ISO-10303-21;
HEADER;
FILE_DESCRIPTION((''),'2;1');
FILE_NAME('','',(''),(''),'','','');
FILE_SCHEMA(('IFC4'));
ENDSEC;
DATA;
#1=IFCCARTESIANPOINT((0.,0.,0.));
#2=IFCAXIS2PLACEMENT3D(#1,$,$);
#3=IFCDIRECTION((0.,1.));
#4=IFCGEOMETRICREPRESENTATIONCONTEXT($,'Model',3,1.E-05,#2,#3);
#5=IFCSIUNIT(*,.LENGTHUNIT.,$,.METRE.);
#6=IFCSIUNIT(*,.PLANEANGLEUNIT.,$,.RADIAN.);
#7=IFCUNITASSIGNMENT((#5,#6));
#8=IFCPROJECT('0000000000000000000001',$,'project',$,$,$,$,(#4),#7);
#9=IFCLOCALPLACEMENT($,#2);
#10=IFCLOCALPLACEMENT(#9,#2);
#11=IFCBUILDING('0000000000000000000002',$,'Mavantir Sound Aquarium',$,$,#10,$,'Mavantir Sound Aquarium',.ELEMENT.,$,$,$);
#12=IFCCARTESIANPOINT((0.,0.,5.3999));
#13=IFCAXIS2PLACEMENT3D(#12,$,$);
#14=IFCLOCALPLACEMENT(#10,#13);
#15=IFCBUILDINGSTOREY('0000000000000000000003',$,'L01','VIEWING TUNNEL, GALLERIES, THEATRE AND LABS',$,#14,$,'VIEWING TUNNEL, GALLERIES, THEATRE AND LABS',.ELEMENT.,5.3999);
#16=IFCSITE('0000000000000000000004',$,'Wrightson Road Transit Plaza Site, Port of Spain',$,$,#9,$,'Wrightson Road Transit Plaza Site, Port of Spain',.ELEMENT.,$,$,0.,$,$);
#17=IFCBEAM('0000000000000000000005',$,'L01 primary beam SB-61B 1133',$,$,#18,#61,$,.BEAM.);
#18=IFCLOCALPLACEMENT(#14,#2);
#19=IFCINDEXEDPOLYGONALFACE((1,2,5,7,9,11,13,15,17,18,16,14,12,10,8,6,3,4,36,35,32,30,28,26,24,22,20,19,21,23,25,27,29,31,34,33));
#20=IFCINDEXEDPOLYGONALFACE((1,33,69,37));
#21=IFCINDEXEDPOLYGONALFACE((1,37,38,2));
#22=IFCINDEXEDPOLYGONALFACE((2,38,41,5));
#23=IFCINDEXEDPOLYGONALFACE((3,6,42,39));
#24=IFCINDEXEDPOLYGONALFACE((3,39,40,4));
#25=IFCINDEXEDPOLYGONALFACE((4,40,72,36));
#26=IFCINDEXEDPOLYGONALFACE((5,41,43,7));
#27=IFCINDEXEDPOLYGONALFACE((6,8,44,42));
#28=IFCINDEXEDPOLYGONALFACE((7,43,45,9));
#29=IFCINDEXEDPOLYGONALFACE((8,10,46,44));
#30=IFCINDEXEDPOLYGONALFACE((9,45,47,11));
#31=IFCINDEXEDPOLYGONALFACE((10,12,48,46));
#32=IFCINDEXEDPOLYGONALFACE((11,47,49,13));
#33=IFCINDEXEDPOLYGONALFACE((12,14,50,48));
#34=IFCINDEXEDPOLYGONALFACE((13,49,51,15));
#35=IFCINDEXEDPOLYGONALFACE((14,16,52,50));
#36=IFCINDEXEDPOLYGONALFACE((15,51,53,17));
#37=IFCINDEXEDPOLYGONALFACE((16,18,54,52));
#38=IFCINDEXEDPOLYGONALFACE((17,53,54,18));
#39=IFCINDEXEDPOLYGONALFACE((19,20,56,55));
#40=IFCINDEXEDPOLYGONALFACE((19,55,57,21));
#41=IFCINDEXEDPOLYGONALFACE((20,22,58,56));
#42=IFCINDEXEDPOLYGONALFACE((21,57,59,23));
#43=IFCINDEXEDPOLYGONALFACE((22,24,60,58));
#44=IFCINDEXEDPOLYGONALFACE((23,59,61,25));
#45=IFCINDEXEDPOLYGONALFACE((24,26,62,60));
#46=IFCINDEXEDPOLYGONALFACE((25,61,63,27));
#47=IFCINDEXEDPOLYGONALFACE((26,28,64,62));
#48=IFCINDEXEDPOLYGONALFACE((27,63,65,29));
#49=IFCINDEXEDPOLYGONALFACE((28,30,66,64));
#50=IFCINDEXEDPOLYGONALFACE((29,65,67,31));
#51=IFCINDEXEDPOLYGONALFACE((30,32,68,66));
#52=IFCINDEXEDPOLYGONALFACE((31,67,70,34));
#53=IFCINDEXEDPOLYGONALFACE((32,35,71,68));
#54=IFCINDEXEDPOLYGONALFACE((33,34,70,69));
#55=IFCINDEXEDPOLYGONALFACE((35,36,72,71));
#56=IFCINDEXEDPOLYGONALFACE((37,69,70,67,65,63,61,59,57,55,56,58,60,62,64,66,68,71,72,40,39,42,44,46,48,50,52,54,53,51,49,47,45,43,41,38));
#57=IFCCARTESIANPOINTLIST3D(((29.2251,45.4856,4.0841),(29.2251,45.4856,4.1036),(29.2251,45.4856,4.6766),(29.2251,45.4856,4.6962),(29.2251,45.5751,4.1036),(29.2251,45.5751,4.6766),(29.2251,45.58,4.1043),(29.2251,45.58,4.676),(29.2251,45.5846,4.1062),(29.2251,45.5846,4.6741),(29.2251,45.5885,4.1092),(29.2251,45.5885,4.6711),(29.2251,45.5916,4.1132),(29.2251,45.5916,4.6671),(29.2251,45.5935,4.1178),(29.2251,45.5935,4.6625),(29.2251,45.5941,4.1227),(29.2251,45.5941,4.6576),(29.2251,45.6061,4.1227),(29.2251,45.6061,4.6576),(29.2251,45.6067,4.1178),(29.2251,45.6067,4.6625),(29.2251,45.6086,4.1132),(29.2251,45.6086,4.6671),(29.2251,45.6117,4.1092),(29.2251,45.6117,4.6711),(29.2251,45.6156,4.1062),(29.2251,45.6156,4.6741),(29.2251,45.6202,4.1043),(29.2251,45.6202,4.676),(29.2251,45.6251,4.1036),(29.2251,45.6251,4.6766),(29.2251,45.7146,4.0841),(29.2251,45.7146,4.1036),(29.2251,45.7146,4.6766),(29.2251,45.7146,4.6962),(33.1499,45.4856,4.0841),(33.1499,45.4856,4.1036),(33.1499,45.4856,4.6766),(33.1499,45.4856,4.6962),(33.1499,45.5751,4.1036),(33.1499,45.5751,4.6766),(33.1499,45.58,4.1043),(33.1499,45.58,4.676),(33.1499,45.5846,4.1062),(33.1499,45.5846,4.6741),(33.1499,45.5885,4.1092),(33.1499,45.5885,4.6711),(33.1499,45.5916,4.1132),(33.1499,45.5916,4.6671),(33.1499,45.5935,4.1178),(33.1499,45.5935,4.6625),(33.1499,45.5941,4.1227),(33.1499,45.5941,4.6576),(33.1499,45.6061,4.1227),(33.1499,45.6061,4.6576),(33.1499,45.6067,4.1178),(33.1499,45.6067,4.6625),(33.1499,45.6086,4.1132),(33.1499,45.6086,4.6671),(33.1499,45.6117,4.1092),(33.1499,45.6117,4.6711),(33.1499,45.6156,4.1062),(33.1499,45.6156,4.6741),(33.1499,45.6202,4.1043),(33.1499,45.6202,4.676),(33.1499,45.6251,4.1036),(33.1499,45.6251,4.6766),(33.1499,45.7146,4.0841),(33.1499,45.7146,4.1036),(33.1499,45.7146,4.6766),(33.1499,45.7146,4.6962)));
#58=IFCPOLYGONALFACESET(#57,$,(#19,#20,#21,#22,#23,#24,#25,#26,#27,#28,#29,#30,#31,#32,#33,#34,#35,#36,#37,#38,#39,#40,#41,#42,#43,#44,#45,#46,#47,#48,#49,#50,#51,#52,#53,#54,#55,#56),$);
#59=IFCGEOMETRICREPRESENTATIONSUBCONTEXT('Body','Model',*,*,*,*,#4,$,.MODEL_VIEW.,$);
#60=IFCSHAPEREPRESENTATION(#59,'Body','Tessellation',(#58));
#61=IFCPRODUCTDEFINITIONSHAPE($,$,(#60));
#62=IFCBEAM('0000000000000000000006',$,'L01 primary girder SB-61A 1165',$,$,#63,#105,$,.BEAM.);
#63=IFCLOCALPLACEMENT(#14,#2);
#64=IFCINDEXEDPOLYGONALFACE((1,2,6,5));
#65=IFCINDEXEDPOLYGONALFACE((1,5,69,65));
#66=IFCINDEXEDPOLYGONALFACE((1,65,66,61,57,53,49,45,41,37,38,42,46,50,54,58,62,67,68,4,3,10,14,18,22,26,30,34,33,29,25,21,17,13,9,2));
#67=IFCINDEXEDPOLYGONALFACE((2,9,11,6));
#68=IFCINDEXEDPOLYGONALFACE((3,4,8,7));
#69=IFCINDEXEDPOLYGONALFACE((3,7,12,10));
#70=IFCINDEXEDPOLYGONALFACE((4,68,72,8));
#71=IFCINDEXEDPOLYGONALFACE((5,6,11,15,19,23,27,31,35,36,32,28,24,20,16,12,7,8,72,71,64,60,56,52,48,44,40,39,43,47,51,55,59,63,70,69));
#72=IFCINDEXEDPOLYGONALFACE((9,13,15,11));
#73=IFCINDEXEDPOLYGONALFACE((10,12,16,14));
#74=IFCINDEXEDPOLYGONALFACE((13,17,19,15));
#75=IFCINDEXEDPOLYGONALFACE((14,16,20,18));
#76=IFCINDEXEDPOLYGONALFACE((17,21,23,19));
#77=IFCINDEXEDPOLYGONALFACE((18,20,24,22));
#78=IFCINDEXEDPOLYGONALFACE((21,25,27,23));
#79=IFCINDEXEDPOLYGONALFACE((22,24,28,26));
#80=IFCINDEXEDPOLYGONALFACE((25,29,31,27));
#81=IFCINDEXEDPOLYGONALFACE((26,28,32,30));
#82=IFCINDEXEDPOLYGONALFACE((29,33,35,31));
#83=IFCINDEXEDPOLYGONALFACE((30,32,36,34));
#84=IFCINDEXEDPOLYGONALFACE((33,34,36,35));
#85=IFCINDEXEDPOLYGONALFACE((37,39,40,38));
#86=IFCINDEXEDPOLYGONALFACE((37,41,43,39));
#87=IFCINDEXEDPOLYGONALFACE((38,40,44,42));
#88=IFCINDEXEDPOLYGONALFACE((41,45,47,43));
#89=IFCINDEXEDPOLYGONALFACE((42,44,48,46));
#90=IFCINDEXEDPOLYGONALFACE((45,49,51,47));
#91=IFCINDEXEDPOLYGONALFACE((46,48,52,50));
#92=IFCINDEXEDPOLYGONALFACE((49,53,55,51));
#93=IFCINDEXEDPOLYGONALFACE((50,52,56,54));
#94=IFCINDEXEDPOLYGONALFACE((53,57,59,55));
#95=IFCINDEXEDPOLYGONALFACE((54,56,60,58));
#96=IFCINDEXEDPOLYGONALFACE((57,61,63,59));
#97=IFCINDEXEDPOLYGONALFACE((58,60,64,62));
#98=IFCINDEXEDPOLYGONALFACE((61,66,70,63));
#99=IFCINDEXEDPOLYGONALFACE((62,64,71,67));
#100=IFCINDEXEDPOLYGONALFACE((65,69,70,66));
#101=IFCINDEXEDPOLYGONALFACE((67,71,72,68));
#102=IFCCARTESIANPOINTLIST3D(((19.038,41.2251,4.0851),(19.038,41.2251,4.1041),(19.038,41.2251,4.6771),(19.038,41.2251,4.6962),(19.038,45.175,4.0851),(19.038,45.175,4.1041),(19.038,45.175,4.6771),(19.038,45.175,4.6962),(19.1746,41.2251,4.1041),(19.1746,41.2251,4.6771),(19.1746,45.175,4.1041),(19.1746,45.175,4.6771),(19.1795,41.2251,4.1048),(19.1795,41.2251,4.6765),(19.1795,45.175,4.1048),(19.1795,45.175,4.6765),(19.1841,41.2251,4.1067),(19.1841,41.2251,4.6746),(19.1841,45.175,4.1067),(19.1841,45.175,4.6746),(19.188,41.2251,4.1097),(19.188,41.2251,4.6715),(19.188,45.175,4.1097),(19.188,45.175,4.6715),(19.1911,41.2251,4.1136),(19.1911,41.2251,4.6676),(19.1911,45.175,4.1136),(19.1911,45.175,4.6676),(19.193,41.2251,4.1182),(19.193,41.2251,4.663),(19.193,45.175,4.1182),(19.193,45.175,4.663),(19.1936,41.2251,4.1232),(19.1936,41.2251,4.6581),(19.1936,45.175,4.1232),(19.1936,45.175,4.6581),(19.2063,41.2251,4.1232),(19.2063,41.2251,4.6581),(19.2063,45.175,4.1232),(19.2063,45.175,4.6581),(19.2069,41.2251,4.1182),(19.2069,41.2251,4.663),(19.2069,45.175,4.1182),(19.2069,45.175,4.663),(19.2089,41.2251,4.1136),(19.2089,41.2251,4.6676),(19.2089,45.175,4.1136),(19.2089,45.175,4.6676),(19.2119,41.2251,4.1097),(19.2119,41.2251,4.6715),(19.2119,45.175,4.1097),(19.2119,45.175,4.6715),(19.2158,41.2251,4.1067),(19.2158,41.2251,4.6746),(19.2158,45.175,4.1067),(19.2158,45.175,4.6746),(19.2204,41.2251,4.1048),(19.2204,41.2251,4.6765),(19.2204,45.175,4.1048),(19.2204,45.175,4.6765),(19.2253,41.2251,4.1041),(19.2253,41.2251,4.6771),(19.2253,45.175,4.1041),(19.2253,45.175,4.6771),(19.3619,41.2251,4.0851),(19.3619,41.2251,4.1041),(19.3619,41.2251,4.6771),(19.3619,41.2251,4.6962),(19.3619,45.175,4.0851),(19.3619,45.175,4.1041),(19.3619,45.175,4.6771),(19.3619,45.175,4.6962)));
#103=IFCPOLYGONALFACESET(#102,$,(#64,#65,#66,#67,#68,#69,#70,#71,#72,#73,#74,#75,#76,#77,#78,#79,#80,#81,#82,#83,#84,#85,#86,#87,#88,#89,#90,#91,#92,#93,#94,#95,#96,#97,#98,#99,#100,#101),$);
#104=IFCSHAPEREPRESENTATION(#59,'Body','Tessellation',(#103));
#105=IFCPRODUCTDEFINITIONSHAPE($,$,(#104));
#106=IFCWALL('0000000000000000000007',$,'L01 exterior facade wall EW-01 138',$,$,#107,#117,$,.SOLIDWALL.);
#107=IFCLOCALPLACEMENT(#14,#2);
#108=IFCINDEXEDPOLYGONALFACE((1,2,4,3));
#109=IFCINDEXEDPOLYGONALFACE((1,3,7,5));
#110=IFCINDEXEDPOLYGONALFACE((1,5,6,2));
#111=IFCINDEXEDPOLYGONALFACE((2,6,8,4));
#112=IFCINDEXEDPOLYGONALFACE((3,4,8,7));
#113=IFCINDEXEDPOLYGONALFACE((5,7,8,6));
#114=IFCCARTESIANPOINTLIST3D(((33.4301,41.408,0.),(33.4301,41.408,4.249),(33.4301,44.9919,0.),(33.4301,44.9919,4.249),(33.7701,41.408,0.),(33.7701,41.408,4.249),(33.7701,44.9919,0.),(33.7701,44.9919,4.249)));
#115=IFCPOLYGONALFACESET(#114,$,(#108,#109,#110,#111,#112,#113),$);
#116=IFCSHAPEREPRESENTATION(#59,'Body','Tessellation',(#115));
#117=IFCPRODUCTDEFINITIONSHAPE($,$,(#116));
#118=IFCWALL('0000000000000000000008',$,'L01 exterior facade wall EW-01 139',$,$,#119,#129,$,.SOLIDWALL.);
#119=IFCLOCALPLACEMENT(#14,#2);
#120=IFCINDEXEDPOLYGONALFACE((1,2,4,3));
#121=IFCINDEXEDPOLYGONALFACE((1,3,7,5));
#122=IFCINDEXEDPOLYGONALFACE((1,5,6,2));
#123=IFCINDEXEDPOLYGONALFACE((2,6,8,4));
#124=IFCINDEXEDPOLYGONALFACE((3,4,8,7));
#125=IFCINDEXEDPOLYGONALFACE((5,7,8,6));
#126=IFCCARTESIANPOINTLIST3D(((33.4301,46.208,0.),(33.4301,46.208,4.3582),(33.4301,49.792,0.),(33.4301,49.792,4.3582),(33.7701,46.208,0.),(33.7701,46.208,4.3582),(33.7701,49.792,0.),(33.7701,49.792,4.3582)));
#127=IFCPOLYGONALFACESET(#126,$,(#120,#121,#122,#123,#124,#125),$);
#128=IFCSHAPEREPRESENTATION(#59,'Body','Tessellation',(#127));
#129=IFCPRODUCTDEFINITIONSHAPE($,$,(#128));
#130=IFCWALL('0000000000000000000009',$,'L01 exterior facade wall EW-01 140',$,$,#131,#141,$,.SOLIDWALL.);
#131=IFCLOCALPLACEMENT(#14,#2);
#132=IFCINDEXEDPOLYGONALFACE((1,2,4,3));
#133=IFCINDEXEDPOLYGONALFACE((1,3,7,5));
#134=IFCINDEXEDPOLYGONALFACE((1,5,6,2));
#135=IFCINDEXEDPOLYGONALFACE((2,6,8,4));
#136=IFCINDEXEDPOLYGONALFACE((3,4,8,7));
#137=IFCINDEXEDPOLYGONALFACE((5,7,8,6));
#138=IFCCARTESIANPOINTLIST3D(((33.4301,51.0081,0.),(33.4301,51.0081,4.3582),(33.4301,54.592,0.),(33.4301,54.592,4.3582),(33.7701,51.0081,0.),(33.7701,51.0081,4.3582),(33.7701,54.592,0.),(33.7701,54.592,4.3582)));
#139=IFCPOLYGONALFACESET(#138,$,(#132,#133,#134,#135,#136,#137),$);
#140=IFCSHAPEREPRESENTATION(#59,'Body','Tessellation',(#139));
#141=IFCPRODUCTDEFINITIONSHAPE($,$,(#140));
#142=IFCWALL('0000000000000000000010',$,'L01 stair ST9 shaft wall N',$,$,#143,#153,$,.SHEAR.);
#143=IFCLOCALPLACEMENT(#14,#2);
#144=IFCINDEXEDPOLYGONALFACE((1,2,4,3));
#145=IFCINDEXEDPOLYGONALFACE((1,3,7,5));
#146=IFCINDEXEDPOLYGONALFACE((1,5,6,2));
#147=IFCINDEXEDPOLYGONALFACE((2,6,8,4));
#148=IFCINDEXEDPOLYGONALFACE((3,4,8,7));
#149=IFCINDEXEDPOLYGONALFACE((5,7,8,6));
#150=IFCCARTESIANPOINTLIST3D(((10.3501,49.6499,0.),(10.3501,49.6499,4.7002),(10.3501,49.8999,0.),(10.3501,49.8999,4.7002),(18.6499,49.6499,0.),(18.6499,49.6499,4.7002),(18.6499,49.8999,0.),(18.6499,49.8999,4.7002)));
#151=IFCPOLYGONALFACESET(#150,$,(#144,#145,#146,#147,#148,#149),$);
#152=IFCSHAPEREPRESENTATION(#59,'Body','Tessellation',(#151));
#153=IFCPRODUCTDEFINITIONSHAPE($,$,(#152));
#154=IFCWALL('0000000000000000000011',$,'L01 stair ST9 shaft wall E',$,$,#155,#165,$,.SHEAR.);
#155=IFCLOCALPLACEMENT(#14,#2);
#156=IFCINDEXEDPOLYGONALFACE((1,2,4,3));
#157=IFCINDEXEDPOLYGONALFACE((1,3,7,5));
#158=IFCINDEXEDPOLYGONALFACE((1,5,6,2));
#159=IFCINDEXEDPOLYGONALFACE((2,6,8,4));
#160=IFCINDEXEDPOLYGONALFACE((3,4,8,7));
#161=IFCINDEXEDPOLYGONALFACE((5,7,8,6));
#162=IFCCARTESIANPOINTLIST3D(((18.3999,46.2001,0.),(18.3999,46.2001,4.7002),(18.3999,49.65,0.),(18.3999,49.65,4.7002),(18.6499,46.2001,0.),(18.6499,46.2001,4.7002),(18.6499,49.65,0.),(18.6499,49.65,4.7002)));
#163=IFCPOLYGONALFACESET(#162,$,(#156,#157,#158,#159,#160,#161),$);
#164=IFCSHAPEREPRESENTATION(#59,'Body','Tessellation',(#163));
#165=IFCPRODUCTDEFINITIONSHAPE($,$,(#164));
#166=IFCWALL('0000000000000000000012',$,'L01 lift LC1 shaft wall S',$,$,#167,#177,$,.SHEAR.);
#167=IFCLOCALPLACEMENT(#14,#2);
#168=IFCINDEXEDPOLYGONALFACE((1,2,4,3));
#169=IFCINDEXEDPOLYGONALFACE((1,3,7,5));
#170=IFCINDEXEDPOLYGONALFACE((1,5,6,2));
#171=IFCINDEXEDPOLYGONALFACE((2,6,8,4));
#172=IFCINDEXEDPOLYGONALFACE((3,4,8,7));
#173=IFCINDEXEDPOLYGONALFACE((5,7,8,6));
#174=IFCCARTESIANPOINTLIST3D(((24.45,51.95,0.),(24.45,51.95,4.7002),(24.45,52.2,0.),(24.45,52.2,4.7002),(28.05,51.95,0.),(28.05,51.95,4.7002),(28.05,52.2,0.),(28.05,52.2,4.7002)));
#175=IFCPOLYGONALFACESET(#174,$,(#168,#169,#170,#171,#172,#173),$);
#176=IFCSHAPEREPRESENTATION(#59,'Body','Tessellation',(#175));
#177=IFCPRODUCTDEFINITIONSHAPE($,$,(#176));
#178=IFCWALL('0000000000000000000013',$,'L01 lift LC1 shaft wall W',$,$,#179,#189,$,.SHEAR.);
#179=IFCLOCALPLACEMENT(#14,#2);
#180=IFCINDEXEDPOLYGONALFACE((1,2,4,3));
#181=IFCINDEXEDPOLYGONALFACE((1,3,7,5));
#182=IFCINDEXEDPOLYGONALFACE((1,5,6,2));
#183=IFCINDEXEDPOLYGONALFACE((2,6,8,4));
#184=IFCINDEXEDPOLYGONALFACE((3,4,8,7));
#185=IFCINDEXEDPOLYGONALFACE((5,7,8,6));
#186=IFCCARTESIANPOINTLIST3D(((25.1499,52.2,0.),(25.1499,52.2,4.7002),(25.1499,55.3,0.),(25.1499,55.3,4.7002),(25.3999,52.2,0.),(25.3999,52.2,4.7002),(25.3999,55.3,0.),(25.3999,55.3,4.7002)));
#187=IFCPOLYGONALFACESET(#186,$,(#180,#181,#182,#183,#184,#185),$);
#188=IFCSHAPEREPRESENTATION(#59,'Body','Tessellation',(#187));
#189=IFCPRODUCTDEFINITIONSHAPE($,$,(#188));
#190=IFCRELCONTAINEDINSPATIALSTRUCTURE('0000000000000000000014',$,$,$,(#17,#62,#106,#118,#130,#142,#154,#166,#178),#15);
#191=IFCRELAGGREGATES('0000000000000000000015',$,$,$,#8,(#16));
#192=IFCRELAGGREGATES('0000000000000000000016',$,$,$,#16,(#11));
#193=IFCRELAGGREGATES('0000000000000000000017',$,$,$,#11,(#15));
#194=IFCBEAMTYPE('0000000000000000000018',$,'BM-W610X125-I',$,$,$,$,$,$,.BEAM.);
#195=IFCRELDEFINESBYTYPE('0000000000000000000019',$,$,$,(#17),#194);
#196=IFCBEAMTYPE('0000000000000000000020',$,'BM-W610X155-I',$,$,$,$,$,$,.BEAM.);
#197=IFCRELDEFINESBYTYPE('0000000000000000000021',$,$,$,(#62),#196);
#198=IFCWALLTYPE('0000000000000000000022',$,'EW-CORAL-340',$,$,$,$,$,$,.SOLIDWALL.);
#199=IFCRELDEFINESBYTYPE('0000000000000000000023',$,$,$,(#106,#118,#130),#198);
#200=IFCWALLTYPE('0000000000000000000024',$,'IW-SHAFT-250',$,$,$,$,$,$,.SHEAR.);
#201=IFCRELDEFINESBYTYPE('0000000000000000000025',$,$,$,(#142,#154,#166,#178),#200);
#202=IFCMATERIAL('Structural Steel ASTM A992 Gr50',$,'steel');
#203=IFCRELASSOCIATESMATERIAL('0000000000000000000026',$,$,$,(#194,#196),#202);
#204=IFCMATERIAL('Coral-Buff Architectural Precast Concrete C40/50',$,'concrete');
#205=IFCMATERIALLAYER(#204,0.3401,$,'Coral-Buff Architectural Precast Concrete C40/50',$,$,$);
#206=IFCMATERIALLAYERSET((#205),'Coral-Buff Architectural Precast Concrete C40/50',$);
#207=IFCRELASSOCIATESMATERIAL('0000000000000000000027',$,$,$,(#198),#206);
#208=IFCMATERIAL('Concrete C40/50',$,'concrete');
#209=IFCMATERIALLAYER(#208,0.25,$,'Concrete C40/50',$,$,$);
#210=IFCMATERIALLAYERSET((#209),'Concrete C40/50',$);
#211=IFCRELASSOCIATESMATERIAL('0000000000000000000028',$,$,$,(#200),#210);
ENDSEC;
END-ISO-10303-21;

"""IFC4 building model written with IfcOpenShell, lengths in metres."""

from ifc_helpers import new_model, si_unit, direction, frame, frame_2d, origin, origin_2d, place, context, subcontext, project, spatial, rectangle, i_section, extrude, material, layer, layer_set, material_profile, profile_set, type_object, element, save


model = new_model("IFC4")

# Units and contexts
model_context = context("Model", 3, precision=1e-05, world=origin(), true_north=direction((0.0, 1.0)))
body_context = subcontext(model_context, "Body", "Model", "MODEL_VIEW")
ifc_project = project(units=[si_unit("LENGTHUNIT", "METRE"), si_unit("PLANEANGLEUNIT", "RADIAN")], contexts=[model_context])

# Site, building, storey
site_placement = place(None, origin())
site = spatial("IfcSite", under=ifc_project, at=site_placement, Name="Wrightson Road Transit Plaza Site, Port of Spain", LongName="Wrightson Road Transit Plaza Site, Port of Spain", CompositionType="ELEMENT", RefElevation=0.0)
building_placement = place(site_placement, origin())
building = spatial("IfcBuilding", under=site, at=building_placement, Name="Mavantir Sound Aquarium", LongName="Mavantir Sound Aquarium", CompositionType="ELEMENT")
storey_placement = place(building_placement, frame((0.0, 0.0, 5.3999)))
storey = spatial("IfcBuildingStorey", under=building, at=storey_placement, Name="L01", Description="VIEWING TUNNEL, GALLERIES, THEATRE AND LABS", LongName="VIEWING TUNNEL, GALLERIES, THEATRE AND LABS", CompositionType="ELEMENT", Elevation=5.3999)

# Shared definitions
ifc_material_1 = material(Name="Concrete C40/50", Category="concrete")

# Beams
ifc_material_2 = material(Name="Structural Steel ASTM A992 Gr50", Category="steel")
ifc_material_profile_1 = material_profile(ifc_material_2, i_section(OverallWidth=0.229, OverallDepth=0.6121, WebThickness=0.012, FlangeThickness=0.0195, FilletRadius=0.019, at=origin_2d()), Name="W610X125")
ifc_profile_set_1 = profile_set([ifc_material_profile_1], Name="Structural Steel ASTM A992 Gr50")
beam_type_1 = type_object("IfcBeamType", Name="BM-W610X125-I", PredefinedType="BEAM", material=ifc_profile_set_1)
beam_1_placement = place(storey_placement, frame((29.2251, 45.6001, 4.3901), z_axis=(1.0, 0.0, 0.0), x_axis=(0.0, 1.0, 0.0)))
element("IfcBeam", 1, at=beam_1_placement, inside=storey, type_object=beam_type_1, Name="L01 primary beam SB-61B 1133", PredefinedType="BEAM", context=body_context, shape_type="SweptSolid", body=[
    extrude(i_section(OverallWidth=0.229, OverallDepth=0.6121, WebThickness=0.012, FlangeThickness=0.0195, FilletRadius=0.019, at=origin_2d()), origin(), (0.0, 0.0, 1.0), 3.9248),
])
ifc_material_profile_2 = material_profile(ifc_material_2, i_section(OverallWidth=0.324, OverallDepth=0.6111, WebThickness=0.0127, FlangeThickness=0.019, FilletRadius=0.019, at=origin_2d()), Name="W610X155")
ifc_profile_set_2 = profile_set([ifc_material_profile_2], Name="Structural Steel ASTM A992 Gr50")
beam_type_2 = type_object("IfcBeamType", Name="BM-W610X155-I", PredefinedType="BEAM", material=ifc_profile_set_2)
beam_2_placement = place(storey_placement, frame((19.2, 41.2251, 4.3906), z_axis=(0.0, 1.0, 0.0), x_axis=(-1.0, 0.0, 0.0)))
element("IfcBeam", 2, at=beam_2_placement, inside=storey, type_object=beam_type_2, Name="L01 primary girder SB-61A 1165", PredefinedType="BEAM", context=body_context, shape_type="SweptSolid", body=[
    extrude(i_section(OverallWidth=0.324, OverallDepth=0.6111, WebThickness=0.0127, FlangeThickness=0.019, FilletRadius=0.019, at=origin_2d()), origin(), (0.0, 0.0, 1.0), 3.95),
])

# Walls
ifc_material_3 = material(Name="Coral-Buff Architectural Precast Concrete C40/50", Category="concrete")
ifc_layer_1 = layer(ifc_material_3, 0.3401, Name="Coral-Buff Architectural Precast Concrete C40/50")
ifc_layer_set_1 = layer_set([ifc_layer_1], Name="Coral-Buff Architectural Precast Concrete C40/50")
wall_type_1 = type_object("IfcWallType", Name="EW-CORAL-340", PredefinedType="SOLIDWALL", material=ifc_layer_set_1)
wall_1_placement = place(storey_placement, frame((33.6001, 41.408, 0.0), z_axis=(0.0, 0.0, 1.0), x_axis=(0.0, 1.0, 0.0)))
element("IfcWall", 3, at=wall_1_placement, inside=storey, type_object=wall_type_1, Name="L01 exterior facade wall EW-01 138", PredefinedType="SOLIDWALL", context=body_context, shape_type="SweptSolid", body=[
    extrude(rectangle(XDim=3.584, YDim=0.3401, at=frame_2d((1.792, 0.0))), origin(), (0.0, 0.0, 1.0), 4.249),
])
for number, where, z_axis, x_axis, name in (
    (4, (33.6001, 46.208, 0.0), (0.0, 0.0, 1.0), (0.0, 1.0, 0.0), "L01 exterior facade wall EW-01 139"),
    (5, (33.6001, 51.0081, 0.0), (0.0, 0.0, 1.0), (0.0, 1.0, 0.0), "L01 exterior facade wall EW-01 140"),
):
    element("IfcWall", number, at=place(storey_placement, frame(where, z_axis=z_axis, x_axis=x_axis)), inside=storey, type_object=wall_type_1, Name=name, PredefinedType="SOLIDWALL", context=body_context, shape_type="SweptSolid", body=[
        extrude(rectangle(XDim=3.584, YDim=0.3401, at=frame_2d((1.792, 0.0))), origin(), (0.0, 0.0, 1.0), 4.3582),
    ])
ifc_layer_2 = layer(ifc_material_1, 0.25, Name="Concrete C40/50")
ifc_layer_set_2 = layer_set([ifc_layer_2], Name="Concrete C40/50")
wall_type_2 = type_object("IfcWallType", Name="IW-SHAFT-250", PredefinedType="SHEAR", material=ifc_layer_set_2)
wall_2_placement = place(storey_placement, frame((18.6499, 49.7749, 0.0), z_axis=(0.0, 0.0, 1.0), x_axis=(-1.0, 0.0, 0.0)))
element("IfcWall", 6, at=wall_2_placement, inside=storey, type_object=wall_type_2, Name="L01 stair ST9 shaft wall N", PredefinedType="SHEAR", context=body_context, shape_type="SweptSolid", body=[
    extrude(rectangle(XDim=8.2998, YDim=0.25, at=frame_2d((4.1499, 0.0))), origin(), (0.0, 0.0, 1.0), 4.7002),
])
wall_3_placement = place(storey_placement, frame((18.5249, 46.2, 0.0), z_axis=(0.0, 0.0, 1.0), x_axis=(0.0, 1.0, 0.0)))
element("IfcWall", 7, at=wall_3_placement, inside=storey, type_object=wall_type_2, Name="L01 stair ST9 shaft wall E", PredefinedType="SHEAR", context=body_context, shape_type="SweptSolid", body=[
    extrude(rectangle(XDim=3.45, YDim=0.25, at=frame_2d((1.7251, 0.0))), origin(), (0.0, 0.0, 1.0), 4.7002),
])
wall_4_placement = place(storey_placement, frame((24.45, 52.075, 0.0), z_axis=(0.0, 0.0, 1.0), x_axis=(1.0, 0.0, 0.0)))
element("IfcWall", 8, at=wall_4_placement, inside=storey, type_object=wall_type_2, Name="L01 lift LC1 shaft wall S", PredefinedType="SHEAR", context=body_context, shape_type="SweptSolid", body=[
    extrude(rectangle(XDim=3.6001, YDim=0.25, at=frame_2d((1.8, 0.0))), origin(), (0.0, 0.0, 1.0), 4.7002),
])
for number, where, z_axis, x_axis, name in (
    (9, (25.2749, 52.2, 0.0), (0.0, 0.0, 1.0), (0.0, 1.0, 0.0), "L01 lift LC1 shaft wall W"),
):
    element("IfcWall", number, at=place(storey_placement, frame(where, z_axis=z_axis, x_axis=x_axis)), inside=storey, type_object=wall_type_2, Name=name, PredefinedType="SHEAR", context=body_context, shape_type="SweptSolid", body=[
        extrude(rectangle(XDim=3.1001, YDim=0.25, at=frame_2d((1.55, 0.0))), origin(), (0.0, 0.0, 1.0), 4.7002),
    ])

save(model, "model.ifc")
